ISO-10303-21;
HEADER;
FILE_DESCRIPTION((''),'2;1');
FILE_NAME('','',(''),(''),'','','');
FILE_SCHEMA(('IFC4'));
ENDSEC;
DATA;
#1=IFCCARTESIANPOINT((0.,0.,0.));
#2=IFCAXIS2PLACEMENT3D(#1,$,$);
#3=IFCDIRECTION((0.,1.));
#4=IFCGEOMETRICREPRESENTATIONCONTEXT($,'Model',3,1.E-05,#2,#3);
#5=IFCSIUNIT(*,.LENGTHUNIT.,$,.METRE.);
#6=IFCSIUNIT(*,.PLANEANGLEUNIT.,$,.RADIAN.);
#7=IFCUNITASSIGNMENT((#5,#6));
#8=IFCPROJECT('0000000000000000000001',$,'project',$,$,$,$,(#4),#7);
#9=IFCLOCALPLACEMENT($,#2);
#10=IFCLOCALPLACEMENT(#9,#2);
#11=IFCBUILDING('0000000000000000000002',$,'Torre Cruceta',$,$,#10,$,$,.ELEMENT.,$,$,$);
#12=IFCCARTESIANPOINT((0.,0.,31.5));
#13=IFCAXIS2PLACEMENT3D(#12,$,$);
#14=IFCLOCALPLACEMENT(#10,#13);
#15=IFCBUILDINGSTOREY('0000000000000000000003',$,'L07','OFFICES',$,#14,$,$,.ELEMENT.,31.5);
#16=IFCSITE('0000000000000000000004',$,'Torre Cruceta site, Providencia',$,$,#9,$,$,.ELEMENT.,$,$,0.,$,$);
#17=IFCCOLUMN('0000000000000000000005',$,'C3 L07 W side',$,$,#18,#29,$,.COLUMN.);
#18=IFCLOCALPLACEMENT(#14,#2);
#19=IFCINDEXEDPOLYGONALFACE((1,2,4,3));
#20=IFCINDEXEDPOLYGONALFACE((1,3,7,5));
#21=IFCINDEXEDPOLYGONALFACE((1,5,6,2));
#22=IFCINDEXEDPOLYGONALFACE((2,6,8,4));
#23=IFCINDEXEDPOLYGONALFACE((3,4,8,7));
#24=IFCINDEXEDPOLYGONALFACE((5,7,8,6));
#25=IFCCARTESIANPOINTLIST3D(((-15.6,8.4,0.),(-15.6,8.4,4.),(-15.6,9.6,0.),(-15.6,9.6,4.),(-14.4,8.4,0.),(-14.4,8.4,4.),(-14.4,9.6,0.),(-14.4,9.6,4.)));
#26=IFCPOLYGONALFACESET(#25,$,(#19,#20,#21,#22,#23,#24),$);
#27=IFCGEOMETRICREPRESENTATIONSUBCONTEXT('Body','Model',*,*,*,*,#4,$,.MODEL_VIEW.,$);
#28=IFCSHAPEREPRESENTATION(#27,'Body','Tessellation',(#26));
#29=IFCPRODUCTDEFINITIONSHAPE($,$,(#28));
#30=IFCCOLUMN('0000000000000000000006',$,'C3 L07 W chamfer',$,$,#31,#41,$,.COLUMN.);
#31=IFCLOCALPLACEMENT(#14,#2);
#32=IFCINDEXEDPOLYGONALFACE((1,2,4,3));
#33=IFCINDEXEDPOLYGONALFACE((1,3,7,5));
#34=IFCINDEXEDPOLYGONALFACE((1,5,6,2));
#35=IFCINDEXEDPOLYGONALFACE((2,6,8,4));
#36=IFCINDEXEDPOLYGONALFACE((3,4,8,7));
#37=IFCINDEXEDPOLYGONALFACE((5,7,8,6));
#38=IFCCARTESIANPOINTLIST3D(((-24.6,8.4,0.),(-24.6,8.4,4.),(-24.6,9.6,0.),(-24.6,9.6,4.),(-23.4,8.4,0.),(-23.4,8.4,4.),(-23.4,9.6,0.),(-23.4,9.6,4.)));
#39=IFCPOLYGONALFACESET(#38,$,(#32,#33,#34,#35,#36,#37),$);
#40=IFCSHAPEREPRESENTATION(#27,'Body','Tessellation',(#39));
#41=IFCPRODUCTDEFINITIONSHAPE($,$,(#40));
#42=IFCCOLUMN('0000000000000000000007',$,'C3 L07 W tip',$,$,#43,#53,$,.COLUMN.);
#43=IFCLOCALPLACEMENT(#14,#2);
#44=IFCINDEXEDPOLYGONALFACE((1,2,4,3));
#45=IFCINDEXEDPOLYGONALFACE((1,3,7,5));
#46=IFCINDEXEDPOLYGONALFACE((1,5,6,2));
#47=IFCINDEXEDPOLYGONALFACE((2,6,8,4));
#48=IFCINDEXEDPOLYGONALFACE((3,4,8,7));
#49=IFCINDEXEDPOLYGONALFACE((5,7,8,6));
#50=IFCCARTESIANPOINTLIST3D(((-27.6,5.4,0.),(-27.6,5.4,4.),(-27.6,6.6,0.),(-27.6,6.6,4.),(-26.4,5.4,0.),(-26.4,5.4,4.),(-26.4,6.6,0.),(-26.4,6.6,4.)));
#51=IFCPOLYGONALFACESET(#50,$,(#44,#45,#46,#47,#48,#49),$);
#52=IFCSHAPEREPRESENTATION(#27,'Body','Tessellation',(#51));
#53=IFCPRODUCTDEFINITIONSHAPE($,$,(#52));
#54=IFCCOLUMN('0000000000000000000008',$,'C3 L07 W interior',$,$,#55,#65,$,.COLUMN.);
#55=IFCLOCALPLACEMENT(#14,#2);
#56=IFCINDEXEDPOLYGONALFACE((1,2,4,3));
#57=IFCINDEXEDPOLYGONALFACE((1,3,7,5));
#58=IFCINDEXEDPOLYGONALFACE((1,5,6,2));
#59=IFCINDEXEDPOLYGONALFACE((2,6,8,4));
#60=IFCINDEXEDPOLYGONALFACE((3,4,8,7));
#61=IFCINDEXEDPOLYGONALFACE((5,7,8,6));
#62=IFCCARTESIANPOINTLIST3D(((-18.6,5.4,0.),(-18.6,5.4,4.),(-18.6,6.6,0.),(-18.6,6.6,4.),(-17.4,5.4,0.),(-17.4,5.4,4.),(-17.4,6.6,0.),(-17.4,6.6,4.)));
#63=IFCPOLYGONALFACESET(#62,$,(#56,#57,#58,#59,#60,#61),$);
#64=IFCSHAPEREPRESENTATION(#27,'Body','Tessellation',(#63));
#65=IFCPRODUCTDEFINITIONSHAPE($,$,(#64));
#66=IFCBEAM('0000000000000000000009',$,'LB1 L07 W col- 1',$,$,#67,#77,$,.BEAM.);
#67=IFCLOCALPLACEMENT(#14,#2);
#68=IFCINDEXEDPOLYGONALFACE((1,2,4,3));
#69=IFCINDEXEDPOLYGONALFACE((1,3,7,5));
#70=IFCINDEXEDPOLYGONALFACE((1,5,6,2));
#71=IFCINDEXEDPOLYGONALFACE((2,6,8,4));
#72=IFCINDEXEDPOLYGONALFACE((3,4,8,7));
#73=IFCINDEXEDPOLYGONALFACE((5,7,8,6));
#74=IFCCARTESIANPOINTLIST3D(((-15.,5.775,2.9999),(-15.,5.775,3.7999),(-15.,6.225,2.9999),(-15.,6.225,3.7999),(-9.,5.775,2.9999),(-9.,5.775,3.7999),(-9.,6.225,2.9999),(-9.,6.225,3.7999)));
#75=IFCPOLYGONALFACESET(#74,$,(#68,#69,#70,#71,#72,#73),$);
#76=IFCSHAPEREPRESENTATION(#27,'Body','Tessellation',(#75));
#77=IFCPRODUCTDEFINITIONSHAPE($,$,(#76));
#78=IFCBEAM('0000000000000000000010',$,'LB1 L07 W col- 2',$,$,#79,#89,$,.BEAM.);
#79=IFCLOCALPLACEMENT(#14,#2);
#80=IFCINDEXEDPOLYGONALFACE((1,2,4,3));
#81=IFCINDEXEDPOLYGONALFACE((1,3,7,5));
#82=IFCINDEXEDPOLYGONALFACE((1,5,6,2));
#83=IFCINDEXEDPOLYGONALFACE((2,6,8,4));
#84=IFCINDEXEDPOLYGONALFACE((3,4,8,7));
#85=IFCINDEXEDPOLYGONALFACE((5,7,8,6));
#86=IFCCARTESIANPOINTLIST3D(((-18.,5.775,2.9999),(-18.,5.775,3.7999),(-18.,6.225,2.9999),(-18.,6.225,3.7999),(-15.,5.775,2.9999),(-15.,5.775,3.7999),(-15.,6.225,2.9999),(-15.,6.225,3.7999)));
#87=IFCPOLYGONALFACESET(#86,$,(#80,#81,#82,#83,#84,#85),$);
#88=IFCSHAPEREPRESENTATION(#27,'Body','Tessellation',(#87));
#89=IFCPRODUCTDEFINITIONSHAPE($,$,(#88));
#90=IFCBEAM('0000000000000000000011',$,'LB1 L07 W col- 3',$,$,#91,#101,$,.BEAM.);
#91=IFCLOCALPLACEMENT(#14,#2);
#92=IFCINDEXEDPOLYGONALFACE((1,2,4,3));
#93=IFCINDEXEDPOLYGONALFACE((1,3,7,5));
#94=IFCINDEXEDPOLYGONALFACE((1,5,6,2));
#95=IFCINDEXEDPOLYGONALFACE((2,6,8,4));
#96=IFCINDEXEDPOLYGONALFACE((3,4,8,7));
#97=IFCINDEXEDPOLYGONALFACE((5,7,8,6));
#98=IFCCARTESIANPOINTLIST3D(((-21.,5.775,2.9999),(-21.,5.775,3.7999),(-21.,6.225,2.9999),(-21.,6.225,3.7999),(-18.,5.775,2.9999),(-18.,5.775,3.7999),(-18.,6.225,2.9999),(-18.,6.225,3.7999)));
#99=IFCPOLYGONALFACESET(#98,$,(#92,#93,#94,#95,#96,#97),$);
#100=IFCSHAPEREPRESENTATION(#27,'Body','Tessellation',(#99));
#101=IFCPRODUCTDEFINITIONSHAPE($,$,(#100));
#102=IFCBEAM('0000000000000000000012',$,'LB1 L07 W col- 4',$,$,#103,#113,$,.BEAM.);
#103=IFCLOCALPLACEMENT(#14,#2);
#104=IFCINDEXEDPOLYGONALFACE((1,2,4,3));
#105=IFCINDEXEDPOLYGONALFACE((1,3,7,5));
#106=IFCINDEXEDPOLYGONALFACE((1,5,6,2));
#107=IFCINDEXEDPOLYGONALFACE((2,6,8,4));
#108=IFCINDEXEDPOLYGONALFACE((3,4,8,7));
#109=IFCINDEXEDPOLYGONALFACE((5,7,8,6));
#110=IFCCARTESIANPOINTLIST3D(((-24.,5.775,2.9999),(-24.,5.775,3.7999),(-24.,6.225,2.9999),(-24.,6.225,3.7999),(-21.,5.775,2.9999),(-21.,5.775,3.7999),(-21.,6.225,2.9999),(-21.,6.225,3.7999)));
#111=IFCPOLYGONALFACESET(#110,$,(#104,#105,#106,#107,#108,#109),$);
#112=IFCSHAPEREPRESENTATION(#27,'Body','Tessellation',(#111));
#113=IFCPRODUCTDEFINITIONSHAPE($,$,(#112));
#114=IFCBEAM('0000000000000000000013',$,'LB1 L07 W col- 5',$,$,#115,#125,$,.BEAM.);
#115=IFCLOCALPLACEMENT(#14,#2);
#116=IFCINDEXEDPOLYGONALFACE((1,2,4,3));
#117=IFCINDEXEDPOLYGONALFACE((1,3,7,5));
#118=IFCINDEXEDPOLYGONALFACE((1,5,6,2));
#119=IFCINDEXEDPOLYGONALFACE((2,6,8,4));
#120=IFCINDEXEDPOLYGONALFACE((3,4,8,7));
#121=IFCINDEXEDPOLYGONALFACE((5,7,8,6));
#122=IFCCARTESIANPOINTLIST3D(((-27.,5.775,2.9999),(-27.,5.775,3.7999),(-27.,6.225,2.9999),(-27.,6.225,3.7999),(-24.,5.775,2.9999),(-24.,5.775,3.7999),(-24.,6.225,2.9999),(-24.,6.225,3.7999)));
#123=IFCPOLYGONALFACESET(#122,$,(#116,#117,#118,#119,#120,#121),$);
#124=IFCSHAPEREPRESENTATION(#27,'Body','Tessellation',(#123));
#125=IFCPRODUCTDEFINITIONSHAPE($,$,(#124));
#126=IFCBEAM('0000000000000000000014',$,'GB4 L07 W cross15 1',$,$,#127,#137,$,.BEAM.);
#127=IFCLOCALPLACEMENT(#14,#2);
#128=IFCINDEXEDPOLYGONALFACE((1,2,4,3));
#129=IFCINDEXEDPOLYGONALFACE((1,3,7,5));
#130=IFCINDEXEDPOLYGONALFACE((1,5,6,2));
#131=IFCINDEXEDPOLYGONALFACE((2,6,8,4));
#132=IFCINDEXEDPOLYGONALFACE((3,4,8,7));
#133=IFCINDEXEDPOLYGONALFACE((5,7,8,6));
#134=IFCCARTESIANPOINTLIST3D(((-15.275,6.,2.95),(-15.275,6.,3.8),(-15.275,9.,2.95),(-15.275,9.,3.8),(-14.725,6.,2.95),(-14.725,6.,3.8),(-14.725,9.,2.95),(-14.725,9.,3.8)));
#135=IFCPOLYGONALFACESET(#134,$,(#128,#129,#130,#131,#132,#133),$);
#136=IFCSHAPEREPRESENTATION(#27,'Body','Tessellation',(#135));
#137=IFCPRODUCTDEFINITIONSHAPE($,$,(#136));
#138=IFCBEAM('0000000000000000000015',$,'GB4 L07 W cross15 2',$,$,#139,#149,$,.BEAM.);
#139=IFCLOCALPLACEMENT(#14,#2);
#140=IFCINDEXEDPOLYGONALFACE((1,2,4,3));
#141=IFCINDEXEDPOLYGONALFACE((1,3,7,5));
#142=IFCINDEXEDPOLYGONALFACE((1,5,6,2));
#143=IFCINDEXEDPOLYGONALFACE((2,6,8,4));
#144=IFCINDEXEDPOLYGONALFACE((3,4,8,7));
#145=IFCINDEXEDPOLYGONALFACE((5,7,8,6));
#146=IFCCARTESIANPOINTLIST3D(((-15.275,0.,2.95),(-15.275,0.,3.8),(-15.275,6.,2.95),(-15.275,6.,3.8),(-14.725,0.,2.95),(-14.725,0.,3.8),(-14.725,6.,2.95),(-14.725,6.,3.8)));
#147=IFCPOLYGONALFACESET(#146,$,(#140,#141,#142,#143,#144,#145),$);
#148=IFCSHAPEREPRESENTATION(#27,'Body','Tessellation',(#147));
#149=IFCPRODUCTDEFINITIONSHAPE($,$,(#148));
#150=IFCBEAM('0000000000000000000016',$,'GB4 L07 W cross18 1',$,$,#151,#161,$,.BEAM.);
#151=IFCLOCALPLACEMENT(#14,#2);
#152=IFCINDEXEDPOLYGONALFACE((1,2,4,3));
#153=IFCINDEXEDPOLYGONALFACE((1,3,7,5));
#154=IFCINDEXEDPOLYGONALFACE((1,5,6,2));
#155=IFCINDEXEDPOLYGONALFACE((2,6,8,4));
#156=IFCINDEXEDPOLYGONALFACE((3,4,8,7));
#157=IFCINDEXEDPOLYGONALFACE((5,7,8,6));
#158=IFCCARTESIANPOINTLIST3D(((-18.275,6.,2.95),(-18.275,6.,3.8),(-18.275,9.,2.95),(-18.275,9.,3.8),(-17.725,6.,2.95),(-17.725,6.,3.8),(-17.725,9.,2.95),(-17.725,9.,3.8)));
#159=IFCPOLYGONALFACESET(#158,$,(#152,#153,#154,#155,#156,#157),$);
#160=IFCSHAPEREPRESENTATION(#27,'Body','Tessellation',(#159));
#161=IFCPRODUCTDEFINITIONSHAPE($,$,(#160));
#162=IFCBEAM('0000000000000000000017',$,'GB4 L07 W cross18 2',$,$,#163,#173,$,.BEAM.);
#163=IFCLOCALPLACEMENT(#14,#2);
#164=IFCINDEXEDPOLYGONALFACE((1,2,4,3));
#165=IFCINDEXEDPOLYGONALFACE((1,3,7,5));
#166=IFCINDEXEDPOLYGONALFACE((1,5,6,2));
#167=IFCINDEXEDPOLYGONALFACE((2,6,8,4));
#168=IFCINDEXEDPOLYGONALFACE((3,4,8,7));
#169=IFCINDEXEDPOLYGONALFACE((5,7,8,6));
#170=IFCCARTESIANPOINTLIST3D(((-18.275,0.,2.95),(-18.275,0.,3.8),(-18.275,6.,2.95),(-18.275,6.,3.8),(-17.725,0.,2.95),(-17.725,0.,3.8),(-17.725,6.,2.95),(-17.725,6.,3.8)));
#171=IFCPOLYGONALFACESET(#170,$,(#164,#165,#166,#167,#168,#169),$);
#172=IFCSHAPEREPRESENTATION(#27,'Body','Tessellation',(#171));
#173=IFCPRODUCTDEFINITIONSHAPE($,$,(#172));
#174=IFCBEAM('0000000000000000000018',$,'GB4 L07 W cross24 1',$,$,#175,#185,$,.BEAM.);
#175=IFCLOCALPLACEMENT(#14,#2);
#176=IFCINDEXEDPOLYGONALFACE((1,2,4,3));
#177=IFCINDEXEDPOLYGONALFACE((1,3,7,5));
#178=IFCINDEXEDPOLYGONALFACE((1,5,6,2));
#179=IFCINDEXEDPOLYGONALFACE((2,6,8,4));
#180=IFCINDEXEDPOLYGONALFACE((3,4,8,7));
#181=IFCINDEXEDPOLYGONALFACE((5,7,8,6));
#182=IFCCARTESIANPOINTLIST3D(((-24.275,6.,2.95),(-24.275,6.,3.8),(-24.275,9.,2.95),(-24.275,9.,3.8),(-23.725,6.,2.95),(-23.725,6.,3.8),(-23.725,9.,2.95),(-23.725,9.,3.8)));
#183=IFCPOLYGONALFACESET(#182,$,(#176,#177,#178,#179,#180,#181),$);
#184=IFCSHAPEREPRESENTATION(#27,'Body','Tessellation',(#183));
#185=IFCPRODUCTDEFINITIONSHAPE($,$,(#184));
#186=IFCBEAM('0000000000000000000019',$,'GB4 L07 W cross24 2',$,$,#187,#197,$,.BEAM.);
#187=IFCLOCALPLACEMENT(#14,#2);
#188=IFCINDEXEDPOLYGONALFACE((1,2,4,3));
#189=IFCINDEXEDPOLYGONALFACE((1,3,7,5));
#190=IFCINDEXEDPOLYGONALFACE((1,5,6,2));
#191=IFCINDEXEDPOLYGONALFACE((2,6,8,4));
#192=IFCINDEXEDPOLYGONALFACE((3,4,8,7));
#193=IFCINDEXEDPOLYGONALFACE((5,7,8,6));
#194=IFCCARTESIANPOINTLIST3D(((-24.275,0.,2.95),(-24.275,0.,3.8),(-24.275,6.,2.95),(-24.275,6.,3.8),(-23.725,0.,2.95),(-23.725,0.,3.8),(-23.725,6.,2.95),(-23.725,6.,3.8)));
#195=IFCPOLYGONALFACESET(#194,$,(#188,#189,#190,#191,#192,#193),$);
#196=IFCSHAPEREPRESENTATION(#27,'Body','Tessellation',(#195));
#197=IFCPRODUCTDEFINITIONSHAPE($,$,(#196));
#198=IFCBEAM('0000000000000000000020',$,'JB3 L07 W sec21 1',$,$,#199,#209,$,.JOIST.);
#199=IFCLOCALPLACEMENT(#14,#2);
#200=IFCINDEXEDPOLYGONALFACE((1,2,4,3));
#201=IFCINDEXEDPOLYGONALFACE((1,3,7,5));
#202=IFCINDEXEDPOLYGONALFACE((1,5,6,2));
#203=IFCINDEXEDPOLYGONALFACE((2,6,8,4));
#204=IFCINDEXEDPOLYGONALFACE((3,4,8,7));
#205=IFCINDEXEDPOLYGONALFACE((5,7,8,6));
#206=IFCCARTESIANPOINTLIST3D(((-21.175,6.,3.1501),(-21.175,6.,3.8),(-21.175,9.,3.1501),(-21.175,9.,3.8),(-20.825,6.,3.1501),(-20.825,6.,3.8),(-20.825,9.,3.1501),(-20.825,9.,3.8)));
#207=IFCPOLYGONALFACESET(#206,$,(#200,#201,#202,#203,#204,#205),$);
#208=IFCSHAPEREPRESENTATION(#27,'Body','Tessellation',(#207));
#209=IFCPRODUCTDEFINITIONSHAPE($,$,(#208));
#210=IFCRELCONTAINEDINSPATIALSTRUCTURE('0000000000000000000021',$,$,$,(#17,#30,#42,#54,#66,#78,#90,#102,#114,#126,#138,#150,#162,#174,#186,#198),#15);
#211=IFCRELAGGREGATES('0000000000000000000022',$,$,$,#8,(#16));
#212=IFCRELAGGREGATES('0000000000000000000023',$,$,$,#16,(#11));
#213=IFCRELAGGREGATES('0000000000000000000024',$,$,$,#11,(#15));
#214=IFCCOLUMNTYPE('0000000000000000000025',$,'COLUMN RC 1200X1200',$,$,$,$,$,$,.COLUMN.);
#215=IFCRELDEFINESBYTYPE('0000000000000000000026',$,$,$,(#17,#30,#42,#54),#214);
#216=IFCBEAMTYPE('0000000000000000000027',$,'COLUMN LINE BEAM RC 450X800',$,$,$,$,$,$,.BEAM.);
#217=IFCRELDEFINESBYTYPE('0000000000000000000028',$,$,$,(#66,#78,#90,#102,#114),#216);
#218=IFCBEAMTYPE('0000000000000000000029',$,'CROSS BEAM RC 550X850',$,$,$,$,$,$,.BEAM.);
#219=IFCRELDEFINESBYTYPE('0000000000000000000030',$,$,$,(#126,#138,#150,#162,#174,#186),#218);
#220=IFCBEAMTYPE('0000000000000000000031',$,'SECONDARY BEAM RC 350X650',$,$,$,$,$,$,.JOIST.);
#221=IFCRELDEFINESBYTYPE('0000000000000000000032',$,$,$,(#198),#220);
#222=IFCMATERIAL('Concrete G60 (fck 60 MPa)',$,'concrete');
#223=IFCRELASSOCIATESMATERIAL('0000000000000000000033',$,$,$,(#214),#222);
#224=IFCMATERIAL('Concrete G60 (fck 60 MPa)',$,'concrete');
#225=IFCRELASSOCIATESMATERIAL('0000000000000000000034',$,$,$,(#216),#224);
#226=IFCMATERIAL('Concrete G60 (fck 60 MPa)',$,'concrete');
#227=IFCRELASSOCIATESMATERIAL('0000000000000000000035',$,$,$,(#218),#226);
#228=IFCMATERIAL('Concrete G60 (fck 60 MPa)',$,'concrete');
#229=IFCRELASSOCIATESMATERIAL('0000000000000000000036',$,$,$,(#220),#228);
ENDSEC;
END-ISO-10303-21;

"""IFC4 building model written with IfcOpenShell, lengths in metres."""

from ifc_helpers import new_model, si_unit, direction, frame, origin, origin_2d, place, context, subcontext, project, spatial, rectangle, extrude, material, material_profile, profile_set, type_object, element, save


model = new_model("IFC4")

# Units and contexts
model_context = context("Model", 3, precision=1e-05, world=origin(), true_north=direction((0.0, 1.0)))
body_context = subcontext(model_context, "Body", "Model", "MODEL_VIEW")
ifc_project = project(units=[si_unit("LENGTHUNIT", "METRE"), si_unit("PLANEANGLEUNIT", "RADIAN")], contexts=[model_context])

# Site, building, storey
site_placement = place(None, origin())
site = spatial("IfcSite", under=ifc_project, at=site_placement, Name="Torre Cruceta site, Providencia", CompositionType="ELEMENT", RefElevation=0.0)
building_placement = place(site_placement, origin())
building = spatial("IfcBuilding", under=site, at=building_placement, Name="Torre Cruceta", CompositionType="ELEMENT")
storey_placement = place(building_placement, frame((0.0, 0.0, 31.5)))
storey = spatial("IfcBuildingStorey", under=building, at=storey_placement, Name="L07", Description="OFFICES", CompositionType="ELEMENT", Elevation=31.5)

# Columns
ifc_material_1 = material(Name="Concrete G60 (fck 60 MPa)", Category="concrete")
ifc_material_profile_1 = material_profile(ifc_material_1, rectangle(XDim=1.2, YDim=1.2, at=origin_2d()), Name="RC 1200X1200")
ifc_profile_set_1 = profile_set([ifc_material_profile_1], Name="Concrete G60 (fck 60 MPa)")
column_type = type_object("IfcColumnType", Name="COLUMN RC 1200X1200", PredefinedType="COLUMN", material=ifc_profile_set_1)
for number, where, z_axis, x_axis, name in (
    (1, (-15.0, 9.0, 0.0), (0.0, 0.0, 1.0), (1.0, 0.0, 0.0), "C3 L07 W side"),
    (2, (-24.0, 9.0, 0.0), (0.0, 0.0, 1.0), (1.0, 0.0, 0.0), "C3 L07 W chamfer"),
    (3, (-27.0, 6.0, 0.0), (0.0, 0.0, 1.0), (1.0, 0.0, 0.0), "C3 L07 W tip"),
    (4, (-18.0, 6.0, 0.0), (0.0, 0.0, 1.0), (1.0, 0.0, 0.0), "C3 L07 W interior"),
):
    element("IfcColumn", number, at=place(storey_placement, frame(where, z_axis=z_axis, x_axis=x_axis)), inside=storey, type_object=column_type, Name=name, PredefinedType="COLUMN", context=body_context, shape_type="SweptSolid", body=[
        extrude(rectangle(XDim=1.2, YDim=1.2, at=origin_2d()), origin(), (0.0, 0.0, 1.0), 4.0),
    ])

# Beams
ifc_material_2 = material(Name="Concrete G60 (fck 60 MPa)", Category="concrete")
ifc_material_profile_2 = material_profile(ifc_material_2, rectangle(XDim=0.45, YDim=0.8, at=origin_2d()), Name="RC 450X800")
ifc_profile_set_2 = profile_set([ifc_material_profile_2], Name="Concrete G60 (fck 60 MPa)")
beam_type_1 = type_object("IfcBeamType", Name="COLUMN LINE BEAM RC 450X800", PredefinedType="BEAM", material=ifc_profile_set_2)
beam_1_placement = place(storey_placement, frame((-9.0, 6.0, 3.3999), z_axis=(-1.0, 0.0, 0.0), x_axis=(0.0, -1.0, 0.0)))
element("IfcBeam", 5, at=beam_1_placement, inside=storey, type_object=beam_type_1, Name="LB1 L07 W col- 1", PredefinedType="BEAM", context=body_context, shape_type="SweptSolid", body=[
    extrude(rectangle(XDim=0.45, YDim=0.8, at=origin_2d()), origin(), (0.0, 0.0, 1.0), 6.0),
])
for number, where, z_axis, x_axis, name in (
    (6, (-15.0, 6.0, 3.3999), (-1.0, 0.0, 0.0), (0.0, -1.0, 0.0), "LB1 L07 W col- 2"),
    (7, (-18.0, 6.0, 3.3999), (-1.0, 0.0, 0.0), (0.0, -1.0, 0.0), "LB1 L07 W col- 3"),
    (8, (-21.0, 6.0, 3.3999), (-1.0, 0.0, 0.0), (0.0, -1.0, 0.0), "LB1 L07 W col- 4"),
    (9, (-24.0, 6.0, 3.3999), (-1.0, 0.0, 0.0), (0.0, -1.0, 0.0), "LB1 L07 W col- 5"),
):
    element("IfcBeam", number, at=place(storey_placement, frame(where, z_axis=z_axis, x_axis=x_axis)), inside=storey, type_object=beam_type_1, Name=name, PredefinedType="BEAM", context=body_context, shape_type="SweptSolid", body=[
        extrude(rectangle(XDim=0.45, YDim=0.8, at=origin_2d()), origin(), (0.0, 0.0, 1.0), 3.0),
    ])
ifc_material_3 = material(Name="Concrete G60 (fck 60 MPa)", Category="concrete")
ifc_material_profile_3 = material_profile(ifc_material_3, rectangle(XDim=0.55, YDim=0.8501, at=origin_2d()), Name="RC 550X850")
ifc_profile_set_3 = profile_set([ifc_material_profile_3], Name="Concrete G60 (fck 60 MPa)")
beam_type_2 = type_object("IfcBeamType", Name="CROSS BEAM RC 550X850", PredefinedType="BEAM", material=ifc_profile_set_3)
beam_2_placement = place(storey_placement, frame((-15.0, 9.0, 3.375), z_axis=(0.0, -1.0, 0.0), x_axis=(1.0, 0.0, 0.0)))
element("IfcBeam", 10, at=beam_2_placement, inside=storey, type_object=beam_type_2, Name="GB4 L07 W cross15 1", PredefinedType="BEAM", context=body_context, shape_type="SweptSolid", body=[
    extrude(rectangle(XDim=0.55, YDim=0.8501, at=origin_2d()), origin(), (0.0, 0.0, 1.0), 3.0),
])
beam_3_placement = place(storey_placement, frame((-15.0, 6.0, 3.375), z_axis=(0.0, -1.0, 0.0), x_axis=(1.0, 0.0, 0.0)))
element("IfcBeam", 11, at=beam_3_placement, inside=storey, type_object=beam_type_2, Name="GB4 L07 W cross15 2", PredefinedType="BEAM", context=body_context, shape_type="SweptSolid", body=[
    extrude(rectangle(XDim=0.55, YDim=0.8501, at=origin_2d()), origin(), (0.0, 0.0, 1.0), 6.0),
])
beam_4_placement = place(storey_placement, frame((-18.0, 9.0, 3.375), z_axis=(0.0, -1.0, 0.0), x_axis=(1.0, 0.0, 0.0)))
element("IfcBeam", 12, at=beam_4_placement, inside=storey, type_object=beam_type_2, Name="GB4 L07 W cross18 1", PredefinedType="BEAM", context=body_context, shape_type="SweptSolid", body=[
    extrude(rectangle(XDim=0.55, YDim=0.8501, at=origin_2d()), origin(), (0.0, 0.0, 1.0), 3.0),
])
beam_5_placement = place(storey_placement, frame((-18.0, 6.0, 3.375), z_axis=(0.0, -1.0, 0.0), x_axis=(1.0, 0.0, 0.0)))
element("IfcBeam", 13, at=beam_5_placement, inside=storey, type_object=beam_type_2, Name="GB4 L07 W cross18 2", PredefinedType="BEAM", context=body_context, shape_type="SweptSolid", body=[
    extrude(rectangle(XDim=0.55, YDim=0.8501, at=origin_2d()), origin(), (0.0, 0.0, 1.0), 6.0),
])
beam_6_placement = place(storey_placement, frame((-24.0, 9.0, 3.375), z_axis=(0.0, -1.0, 0.0), x_axis=(1.0, 0.0, 0.0)))
element("IfcBeam", 14, at=beam_6_placement, inside=storey, type_object=beam_type_2, Name="GB4 L07 W cross24 1", PredefinedType="BEAM", context=body_context, shape_type="SweptSolid", body=[
    extrude(rectangle(XDim=0.55, YDim=0.8501, at=origin_2d()), origin(), (0.0, 0.0, 1.0), 3.0),
])
beam_7_placement = place(storey_placement, frame((-24.0, 6.0, 3.375), z_axis=(0.0, -1.0, 0.0), x_axis=(1.0, 0.0, 0.0)))
element("IfcBeam", 15, at=beam_7_placement, inside=storey, type_object=beam_type_2, Name="GB4 L07 W cross24 2", PredefinedType="BEAM", context=body_context, shape_type="SweptSolid", body=[
    extrude(rectangle(XDim=0.55, YDim=0.8501, at=origin_2d()), origin(), (0.0, 0.0, 1.0), 6.0),
])
ifc_material_4 = material(Name="Concrete G60 (fck 60 MPa)", Category="concrete")
ifc_material_profile_4 = material_profile(ifc_material_4, rectangle(XDim=0.3501, YDim=0.6499, at=origin_2d()), Name="RC 350X650")
ifc_profile_set_4 = profile_set([ifc_material_profile_4], Name="Concrete G60 (fck 60 MPa)")
beam_type_3 = type_object("IfcBeamType", Name="SECONDARY BEAM RC 350X650", PredefinedType="JOIST", material=ifc_profile_set_4)
beam_8_placement = place(storey_placement, frame((-21.0, 9.0, 3.4751), z_axis=(0.0, -1.0, 0.0), x_axis=(1.0, 0.0, 0.0)))
element("IfcBeam", 16, at=beam_8_placement, inside=storey, type_object=beam_type_3, Name="JB3 L07 W sec21 1", PredefinedType="JOIST", context=body_context, shape_type="SweptSolid", body=[
    extrude(rectangle(XDim=0.3501, YDim=0.6499, at=origin_2d()), origin(), (0.0, 0.0, 1.0), 3.0),
])

save(model, "model.ifc")
